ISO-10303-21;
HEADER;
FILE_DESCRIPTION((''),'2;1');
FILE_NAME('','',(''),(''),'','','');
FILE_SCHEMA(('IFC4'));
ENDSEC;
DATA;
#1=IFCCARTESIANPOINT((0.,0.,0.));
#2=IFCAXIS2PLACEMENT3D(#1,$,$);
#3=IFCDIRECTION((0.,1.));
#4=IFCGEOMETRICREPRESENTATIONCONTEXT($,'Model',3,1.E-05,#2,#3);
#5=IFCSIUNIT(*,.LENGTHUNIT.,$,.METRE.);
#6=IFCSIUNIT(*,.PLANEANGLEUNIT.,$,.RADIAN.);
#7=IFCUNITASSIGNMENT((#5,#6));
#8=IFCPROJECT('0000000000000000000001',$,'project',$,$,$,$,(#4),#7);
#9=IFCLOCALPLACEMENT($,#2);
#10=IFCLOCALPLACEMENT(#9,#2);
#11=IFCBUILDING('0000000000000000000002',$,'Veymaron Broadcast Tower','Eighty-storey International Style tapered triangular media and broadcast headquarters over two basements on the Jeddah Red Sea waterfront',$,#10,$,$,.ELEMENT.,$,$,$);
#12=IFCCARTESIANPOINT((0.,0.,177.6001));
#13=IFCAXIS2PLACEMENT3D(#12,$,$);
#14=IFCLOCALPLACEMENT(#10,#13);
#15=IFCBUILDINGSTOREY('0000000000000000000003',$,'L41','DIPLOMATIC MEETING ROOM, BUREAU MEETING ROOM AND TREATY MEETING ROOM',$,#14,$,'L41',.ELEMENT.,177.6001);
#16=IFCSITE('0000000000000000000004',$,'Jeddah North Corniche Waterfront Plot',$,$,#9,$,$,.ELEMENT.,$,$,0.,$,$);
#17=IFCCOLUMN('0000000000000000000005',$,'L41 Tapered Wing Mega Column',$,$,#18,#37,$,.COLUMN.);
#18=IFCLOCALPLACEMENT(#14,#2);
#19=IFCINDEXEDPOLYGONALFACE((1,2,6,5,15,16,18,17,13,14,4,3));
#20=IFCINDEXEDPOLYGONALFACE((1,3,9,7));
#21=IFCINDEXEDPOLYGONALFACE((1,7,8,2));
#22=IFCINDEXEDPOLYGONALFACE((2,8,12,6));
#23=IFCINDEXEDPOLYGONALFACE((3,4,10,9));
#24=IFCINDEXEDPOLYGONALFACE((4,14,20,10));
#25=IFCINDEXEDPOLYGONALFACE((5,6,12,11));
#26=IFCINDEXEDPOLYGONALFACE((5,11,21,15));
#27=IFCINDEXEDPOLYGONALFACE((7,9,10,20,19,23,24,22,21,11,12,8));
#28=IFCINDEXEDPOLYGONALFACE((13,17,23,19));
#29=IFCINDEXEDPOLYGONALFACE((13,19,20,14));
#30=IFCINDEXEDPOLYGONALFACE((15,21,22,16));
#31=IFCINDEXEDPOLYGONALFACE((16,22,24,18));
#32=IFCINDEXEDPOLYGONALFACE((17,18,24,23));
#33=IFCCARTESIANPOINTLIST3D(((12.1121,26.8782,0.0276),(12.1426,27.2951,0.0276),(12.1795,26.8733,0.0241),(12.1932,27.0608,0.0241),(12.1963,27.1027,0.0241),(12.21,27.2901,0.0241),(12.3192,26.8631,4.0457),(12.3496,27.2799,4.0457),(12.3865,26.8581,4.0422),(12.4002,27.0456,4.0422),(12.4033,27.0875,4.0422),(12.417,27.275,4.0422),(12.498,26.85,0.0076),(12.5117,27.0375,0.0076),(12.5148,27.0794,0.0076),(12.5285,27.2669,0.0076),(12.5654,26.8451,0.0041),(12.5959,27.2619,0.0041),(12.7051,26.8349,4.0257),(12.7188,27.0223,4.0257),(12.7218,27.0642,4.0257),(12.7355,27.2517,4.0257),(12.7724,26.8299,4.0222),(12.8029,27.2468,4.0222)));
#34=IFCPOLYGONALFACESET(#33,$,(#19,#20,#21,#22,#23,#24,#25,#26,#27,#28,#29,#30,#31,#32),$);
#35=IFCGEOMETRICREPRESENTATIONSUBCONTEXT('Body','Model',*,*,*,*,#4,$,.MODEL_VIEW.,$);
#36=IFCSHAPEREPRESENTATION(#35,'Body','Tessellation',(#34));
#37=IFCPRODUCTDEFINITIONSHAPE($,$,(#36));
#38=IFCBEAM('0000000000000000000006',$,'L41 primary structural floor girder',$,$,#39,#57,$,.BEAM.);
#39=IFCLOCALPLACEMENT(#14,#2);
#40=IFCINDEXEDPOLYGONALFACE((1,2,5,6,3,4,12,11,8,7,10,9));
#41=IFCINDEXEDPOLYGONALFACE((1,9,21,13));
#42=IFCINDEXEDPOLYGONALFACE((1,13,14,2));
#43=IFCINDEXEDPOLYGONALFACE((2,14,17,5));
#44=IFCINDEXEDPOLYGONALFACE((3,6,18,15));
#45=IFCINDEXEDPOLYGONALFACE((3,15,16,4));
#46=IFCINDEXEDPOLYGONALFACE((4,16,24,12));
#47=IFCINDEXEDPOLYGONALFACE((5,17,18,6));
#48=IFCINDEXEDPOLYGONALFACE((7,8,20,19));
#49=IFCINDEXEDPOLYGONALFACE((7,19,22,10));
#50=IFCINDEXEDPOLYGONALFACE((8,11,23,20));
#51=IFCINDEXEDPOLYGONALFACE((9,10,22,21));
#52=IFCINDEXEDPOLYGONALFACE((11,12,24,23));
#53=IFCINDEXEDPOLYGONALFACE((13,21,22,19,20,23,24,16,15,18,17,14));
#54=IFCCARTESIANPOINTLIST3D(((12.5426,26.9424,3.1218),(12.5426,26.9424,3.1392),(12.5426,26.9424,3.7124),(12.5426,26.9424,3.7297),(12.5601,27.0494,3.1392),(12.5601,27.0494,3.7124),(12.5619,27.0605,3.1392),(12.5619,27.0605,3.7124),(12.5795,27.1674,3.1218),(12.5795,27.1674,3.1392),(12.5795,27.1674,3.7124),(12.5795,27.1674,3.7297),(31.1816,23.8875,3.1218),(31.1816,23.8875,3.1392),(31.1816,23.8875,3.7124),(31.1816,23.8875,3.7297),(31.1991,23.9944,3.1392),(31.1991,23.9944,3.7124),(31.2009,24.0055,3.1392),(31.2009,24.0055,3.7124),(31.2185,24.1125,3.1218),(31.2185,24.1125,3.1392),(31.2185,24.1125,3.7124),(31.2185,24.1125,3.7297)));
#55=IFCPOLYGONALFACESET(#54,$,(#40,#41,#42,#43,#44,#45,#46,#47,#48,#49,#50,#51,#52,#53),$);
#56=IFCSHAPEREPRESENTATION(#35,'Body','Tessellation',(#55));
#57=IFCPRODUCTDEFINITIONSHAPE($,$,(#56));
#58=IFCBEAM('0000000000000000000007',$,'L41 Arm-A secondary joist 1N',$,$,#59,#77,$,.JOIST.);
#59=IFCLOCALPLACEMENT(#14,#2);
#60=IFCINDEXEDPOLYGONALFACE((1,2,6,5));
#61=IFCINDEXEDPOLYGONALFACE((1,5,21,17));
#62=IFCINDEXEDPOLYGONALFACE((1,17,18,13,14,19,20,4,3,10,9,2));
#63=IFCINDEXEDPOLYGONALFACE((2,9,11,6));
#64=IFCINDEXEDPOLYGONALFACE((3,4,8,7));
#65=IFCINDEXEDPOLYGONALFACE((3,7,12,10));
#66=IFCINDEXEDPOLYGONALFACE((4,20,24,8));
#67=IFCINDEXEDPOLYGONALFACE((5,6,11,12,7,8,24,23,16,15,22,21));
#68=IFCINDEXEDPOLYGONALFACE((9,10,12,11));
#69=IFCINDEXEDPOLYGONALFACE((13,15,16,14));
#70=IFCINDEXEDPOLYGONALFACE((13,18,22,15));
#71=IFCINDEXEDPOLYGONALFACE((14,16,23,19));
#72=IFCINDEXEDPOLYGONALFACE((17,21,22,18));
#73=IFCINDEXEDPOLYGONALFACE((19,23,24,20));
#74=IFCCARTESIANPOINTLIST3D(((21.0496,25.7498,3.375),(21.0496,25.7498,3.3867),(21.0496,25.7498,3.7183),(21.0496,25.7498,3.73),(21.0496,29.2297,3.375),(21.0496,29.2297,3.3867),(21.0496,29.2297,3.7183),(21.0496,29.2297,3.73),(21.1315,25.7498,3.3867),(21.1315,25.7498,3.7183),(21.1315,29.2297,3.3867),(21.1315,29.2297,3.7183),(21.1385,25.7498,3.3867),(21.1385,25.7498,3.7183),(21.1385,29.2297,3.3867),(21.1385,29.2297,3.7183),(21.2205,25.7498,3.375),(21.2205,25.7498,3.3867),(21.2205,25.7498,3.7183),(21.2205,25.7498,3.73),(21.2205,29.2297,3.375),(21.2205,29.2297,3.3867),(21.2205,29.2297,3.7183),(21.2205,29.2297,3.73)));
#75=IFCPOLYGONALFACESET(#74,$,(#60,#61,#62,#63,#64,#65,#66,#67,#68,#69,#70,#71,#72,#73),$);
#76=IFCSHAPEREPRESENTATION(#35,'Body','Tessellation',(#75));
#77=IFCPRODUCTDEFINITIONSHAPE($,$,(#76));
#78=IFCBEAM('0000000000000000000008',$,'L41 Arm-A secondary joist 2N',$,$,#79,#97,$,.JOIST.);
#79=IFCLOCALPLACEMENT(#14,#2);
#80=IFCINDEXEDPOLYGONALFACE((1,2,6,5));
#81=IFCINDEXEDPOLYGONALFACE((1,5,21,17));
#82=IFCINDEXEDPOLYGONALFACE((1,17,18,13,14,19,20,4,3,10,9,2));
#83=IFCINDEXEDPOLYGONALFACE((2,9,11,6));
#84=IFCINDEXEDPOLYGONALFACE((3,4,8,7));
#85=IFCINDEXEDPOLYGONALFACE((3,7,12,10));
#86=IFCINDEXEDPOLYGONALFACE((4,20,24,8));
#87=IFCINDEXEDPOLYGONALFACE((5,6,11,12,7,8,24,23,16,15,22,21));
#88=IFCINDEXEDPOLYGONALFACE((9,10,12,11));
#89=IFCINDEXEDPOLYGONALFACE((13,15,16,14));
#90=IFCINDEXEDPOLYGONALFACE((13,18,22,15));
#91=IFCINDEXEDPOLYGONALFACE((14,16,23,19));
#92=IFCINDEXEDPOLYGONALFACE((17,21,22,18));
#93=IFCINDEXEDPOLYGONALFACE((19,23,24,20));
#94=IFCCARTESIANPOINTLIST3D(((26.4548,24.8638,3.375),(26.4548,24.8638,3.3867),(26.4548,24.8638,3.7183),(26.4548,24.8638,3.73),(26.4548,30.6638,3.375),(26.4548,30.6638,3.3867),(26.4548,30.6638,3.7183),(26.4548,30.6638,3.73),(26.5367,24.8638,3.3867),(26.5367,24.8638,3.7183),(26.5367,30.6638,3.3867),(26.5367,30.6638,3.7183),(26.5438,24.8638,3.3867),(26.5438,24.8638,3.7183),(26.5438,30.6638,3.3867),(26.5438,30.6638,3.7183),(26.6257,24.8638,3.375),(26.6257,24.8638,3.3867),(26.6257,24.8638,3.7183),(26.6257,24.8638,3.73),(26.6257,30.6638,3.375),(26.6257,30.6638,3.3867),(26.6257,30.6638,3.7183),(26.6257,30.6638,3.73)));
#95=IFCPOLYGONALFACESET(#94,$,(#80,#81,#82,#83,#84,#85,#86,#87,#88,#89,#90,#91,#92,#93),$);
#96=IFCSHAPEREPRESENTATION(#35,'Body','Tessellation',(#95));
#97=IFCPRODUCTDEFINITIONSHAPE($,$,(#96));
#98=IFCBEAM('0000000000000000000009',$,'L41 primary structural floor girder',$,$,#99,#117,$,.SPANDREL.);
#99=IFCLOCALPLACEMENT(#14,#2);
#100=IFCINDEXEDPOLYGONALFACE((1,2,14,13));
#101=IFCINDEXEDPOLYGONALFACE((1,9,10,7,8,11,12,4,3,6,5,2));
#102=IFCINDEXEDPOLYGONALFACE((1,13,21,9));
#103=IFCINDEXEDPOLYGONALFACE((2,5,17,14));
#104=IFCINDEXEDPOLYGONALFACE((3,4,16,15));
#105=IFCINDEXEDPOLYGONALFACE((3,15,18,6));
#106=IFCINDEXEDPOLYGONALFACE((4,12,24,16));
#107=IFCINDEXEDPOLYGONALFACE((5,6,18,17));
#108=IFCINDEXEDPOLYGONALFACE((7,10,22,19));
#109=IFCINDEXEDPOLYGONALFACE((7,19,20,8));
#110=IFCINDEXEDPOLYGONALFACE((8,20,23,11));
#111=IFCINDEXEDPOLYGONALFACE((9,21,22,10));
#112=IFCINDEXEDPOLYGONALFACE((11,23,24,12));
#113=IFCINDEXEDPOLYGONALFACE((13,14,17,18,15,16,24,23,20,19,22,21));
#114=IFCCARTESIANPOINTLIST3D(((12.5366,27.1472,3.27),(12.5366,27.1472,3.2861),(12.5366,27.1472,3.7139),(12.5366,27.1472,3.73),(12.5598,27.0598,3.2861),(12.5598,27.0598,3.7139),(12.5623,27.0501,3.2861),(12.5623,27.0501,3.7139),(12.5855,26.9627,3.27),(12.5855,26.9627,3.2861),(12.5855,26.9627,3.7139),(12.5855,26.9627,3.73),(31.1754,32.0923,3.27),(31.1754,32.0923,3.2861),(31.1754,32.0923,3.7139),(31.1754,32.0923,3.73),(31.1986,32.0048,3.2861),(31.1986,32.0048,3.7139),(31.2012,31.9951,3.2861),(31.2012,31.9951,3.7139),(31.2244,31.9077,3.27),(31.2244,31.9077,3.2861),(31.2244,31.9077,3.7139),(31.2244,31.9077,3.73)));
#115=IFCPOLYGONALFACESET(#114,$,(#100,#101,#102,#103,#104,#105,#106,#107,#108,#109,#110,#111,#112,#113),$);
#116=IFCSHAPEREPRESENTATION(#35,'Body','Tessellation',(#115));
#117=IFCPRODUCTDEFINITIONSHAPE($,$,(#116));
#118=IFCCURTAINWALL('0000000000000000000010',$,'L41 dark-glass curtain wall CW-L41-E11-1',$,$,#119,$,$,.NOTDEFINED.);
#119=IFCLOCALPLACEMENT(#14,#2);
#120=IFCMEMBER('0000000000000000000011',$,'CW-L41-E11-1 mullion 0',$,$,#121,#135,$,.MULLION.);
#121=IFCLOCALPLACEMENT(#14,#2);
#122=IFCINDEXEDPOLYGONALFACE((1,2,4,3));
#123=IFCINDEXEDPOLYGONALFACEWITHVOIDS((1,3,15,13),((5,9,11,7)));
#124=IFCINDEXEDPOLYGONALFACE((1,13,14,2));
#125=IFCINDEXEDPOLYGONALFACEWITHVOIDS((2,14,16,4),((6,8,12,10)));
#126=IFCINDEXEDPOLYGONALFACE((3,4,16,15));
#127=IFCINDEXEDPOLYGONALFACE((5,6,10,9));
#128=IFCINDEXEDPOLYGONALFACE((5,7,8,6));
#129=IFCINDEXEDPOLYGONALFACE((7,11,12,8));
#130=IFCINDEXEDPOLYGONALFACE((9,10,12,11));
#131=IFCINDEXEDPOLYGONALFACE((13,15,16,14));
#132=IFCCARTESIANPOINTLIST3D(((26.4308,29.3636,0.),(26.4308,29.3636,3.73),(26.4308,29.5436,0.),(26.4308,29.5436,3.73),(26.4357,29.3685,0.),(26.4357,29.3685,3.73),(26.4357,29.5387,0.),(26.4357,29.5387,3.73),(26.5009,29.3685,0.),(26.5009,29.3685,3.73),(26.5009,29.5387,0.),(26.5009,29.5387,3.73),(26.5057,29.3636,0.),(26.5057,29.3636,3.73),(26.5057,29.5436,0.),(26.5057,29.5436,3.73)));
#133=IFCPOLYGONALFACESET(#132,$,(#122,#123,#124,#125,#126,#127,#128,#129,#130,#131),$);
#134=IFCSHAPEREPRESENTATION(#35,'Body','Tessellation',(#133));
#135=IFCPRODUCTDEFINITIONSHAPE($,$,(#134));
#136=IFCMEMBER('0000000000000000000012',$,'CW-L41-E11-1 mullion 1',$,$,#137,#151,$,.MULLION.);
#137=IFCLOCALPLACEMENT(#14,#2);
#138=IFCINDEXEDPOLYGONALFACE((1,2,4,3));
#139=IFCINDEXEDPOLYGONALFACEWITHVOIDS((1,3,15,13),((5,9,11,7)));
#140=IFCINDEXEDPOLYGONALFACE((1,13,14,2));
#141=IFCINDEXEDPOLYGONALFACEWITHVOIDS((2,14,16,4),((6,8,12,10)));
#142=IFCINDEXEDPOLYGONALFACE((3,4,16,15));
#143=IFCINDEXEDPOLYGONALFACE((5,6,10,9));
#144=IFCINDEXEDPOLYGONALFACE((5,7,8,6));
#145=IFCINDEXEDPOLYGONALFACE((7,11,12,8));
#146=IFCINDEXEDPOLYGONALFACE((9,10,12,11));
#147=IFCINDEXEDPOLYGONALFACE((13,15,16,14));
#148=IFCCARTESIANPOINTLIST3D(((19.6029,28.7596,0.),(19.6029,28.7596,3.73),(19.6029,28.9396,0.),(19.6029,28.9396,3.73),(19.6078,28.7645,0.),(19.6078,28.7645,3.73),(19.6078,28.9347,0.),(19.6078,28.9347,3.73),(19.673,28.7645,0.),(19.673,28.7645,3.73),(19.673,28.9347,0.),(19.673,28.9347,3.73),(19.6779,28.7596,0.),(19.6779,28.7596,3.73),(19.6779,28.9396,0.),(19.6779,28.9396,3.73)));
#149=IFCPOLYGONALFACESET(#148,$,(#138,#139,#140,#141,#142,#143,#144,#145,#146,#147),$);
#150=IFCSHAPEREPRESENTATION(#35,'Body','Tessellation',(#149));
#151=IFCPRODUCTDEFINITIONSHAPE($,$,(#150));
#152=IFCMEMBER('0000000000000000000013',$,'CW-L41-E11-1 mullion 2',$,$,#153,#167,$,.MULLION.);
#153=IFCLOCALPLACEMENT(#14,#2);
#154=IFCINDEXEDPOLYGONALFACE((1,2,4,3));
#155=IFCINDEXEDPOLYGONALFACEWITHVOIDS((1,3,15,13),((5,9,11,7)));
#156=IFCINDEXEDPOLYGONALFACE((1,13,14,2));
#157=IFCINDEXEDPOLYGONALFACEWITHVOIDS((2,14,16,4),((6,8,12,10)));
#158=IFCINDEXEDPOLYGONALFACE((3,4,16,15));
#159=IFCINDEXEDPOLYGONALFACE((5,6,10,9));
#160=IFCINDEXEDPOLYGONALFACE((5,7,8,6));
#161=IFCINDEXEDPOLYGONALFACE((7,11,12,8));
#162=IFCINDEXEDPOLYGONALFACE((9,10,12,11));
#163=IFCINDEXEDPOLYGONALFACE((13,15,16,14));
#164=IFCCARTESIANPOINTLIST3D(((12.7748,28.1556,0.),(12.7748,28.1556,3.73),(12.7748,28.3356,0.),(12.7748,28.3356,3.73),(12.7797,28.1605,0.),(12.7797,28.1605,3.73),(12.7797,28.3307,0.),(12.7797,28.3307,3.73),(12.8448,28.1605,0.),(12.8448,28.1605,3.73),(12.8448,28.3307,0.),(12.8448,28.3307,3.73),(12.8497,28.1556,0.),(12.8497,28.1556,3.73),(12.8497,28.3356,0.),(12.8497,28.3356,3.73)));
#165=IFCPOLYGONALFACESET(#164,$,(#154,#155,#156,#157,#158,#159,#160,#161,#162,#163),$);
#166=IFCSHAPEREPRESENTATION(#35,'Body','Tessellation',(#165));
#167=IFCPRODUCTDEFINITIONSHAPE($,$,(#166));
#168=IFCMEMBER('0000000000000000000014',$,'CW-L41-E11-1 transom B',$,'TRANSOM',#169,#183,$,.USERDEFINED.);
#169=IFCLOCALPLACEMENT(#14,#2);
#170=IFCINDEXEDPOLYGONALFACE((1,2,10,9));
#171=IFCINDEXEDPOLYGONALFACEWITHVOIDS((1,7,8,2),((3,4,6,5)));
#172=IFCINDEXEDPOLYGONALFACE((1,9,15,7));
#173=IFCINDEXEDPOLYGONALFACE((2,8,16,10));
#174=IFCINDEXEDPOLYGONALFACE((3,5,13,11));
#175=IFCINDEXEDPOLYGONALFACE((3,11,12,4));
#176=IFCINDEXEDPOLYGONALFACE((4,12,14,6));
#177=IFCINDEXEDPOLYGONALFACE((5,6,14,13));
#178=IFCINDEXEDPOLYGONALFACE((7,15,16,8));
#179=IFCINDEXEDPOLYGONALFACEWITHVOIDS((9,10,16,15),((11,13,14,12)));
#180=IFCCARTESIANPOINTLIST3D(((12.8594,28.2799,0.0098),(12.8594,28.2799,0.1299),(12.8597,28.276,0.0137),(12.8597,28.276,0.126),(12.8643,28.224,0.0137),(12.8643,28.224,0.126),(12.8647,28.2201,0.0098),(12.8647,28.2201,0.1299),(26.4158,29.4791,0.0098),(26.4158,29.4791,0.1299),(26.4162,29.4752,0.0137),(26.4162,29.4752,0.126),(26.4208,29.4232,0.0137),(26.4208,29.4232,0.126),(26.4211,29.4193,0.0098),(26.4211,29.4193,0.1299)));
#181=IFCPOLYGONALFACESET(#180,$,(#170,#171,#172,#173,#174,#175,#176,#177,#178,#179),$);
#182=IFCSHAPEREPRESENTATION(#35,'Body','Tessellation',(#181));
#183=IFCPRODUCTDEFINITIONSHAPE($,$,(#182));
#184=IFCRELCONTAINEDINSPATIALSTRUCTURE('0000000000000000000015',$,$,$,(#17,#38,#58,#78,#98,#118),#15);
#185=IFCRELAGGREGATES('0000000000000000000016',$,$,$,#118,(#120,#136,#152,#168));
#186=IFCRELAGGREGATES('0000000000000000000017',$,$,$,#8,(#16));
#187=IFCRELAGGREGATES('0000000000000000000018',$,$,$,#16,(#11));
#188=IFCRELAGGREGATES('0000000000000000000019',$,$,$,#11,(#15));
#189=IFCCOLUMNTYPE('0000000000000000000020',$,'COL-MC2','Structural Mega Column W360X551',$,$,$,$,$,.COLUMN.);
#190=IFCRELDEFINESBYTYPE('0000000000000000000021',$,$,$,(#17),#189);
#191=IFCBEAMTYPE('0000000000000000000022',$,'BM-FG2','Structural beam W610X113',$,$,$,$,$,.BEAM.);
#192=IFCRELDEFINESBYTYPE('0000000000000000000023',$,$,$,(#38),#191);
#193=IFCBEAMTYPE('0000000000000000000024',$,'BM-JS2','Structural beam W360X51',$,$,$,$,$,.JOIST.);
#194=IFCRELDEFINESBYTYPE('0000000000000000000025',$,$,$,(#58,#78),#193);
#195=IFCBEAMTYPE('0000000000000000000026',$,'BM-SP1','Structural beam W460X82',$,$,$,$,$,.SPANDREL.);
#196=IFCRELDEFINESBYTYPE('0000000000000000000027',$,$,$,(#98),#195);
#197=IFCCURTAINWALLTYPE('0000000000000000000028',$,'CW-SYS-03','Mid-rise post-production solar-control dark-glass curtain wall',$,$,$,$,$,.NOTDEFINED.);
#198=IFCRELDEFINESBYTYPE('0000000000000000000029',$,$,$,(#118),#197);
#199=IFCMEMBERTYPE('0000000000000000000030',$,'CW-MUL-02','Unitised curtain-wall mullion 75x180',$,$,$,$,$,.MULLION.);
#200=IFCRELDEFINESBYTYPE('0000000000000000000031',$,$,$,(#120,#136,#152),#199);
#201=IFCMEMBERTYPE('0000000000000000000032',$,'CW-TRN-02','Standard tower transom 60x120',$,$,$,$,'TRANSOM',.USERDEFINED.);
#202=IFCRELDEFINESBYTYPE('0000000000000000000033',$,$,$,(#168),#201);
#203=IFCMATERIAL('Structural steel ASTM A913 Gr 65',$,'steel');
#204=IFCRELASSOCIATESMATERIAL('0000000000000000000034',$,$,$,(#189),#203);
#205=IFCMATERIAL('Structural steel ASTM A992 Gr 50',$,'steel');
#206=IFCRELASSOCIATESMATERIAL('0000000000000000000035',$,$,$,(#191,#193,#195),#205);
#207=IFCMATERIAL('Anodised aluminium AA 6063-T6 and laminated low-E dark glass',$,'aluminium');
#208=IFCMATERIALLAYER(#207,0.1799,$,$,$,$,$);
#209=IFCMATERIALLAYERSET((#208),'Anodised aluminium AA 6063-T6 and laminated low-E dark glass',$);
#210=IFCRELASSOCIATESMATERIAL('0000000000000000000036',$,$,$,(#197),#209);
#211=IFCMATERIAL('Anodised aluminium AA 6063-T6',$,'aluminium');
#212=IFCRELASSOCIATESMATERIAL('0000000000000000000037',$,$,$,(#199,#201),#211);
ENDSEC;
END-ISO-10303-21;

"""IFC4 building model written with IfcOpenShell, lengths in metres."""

from ifc_helpers import new_model, si_unit, direction, frame, origin, origin_2d, place, context, subcontext, project, spatial, hollow_rectangle, i_section, extrude, material, layer, layer_set, material_profile, profile_set, type_object, element, aggregate, save


model = new_model("IFC4")

# Units and contexts
model_context = context("Model", 3, precision=1e-05, world=origin(), true_north=direction((0.0, 1.0)))
body_context = subcontext(model_context, "Body", "Model", "MODEL_VIEW")
ifc_project = project(units=[si_unit("LENGTHUNIT", "METRE"), si_unit("PLANEANGLEUNIT", "RADIAN")], contexts=[model_context])

# Site, building, storey
site_placement = place(None, origin())
site = spatial("IfcSite", under=ifc_project, at=site_placement, Name="Jeddah North Corniche Waterfront Plot", CompositionType="ELEMENT", RefElevation=0.0)
building_placement = place(site_placement, origin())
building = spatial("IfcBuilding", under=site, at=building_placement, Name="Veymaron Broadcast Tower", Description="Eighty-storey International Style tapered triangular media and broadcast headquarters over two basements on the Jeddah Red Sea waterfront", CompositionType="ELEMENT")
storey_placement = place(building_placement, frame((0.0, 0.0, 177.6001)))
storey = spatial("IfcBuildingStorey", under=building, at=storey_placement, Name="L41", Description="DIPLOMATIC MEETING ROOM, BUREAU MEETING ROOM AND TREATY MEETING ROOM", LongName="L41", CompositionType="ELEMENT", Elevation=177.6001)

# Column
ifc_material_1 = material(Name="Structural steel ASTM A913 Gr 65", Category="steel")
ifc_material_profile_1 = material_profile(ifc_material_1, i_section(OverallWidth=0.418, OverallDepth=0.4551, WebThickness=0.042, FlangeThickness=0.0676, at=origin_2d()), Name="W360X551")
ifc_profile_set_1 = profile_set([ifc_material_profile_1], Name="Structural steel ASTM A913 Gr 65")
column_type = type_object("IfcColumnType", Name="COL-MC2", Description="Structural Mega Column W360X551", PredefinedType="COLUMN", material=ifc_profile_set_1)
column_placement = place(storey_placement, frame((12.354, 27.0701, 0.0159), z_axis=(0.051456, -0.003762, 0.998668), x_axis=(0.072919, 0.997338, 0.0)))
element("IfcColumn", 1, at=column_placement, inside=storey, type_object=column_type, Name="L41 Tapered Wing Mega Column", PredefinedType="COLUMN", context=body_context, shape_type="SweptSolid", body=[
    extrude(i_section(OverallWidth=0.418, OverallDepth=0.4551, WebThickness=0.042, FlangeThickness=0.0676, at=origin_2d()), origin(), (0.0, 0.0, 1.0), 4.0234),
])

# Beams
ifc_material_2 = material(Name="Structural steel ASTM A992 Gr 50", Category="steel")
ifc_material_profile_2 = material_profile(ifc_material_2, i_section(OverallWidth=0.228, OverallDepth=0.6079, WebThickness=0.0112, FlangeThickness=0.0173, at=origin_2d()), Name="W610X113")
ifc_profile_set_2 = profile_set([ifc_material_profile_2], Name="Structural steel ASTM A992 Gr 50")
beam_type_1 = type_object("IfcBeamType", Name="BM-FG2", Description="Structural beam W610X113", PredefinedType="BEAM", material=ifc_profile_set_2)
beam_1_placement = place(storey_placement, frame((12.561, 27.0549, 3.4258), z_axis=(0.986833, -0.161743, 0.0), x_axis=(0.161743, 0.986833, 0.0)))
element("IfcBeam", 2, at=beam_1_placement, inside=storey, type_object=beam_type_1, Name="L41 primary structural floor girder", PredefinedType="BEAM", context=body_context, shape_type="SweptSolid", body=[
    extrude(i_section(OverallWidth=0.228, OverallDepth=0.6079, WebThickness=0.0112, FlangeThickness=0.0173, at=origin_2d()), origin(), (0.0, 0.0, 1.0), 18.8877),
])
ifc_material_profile_3 = material_profile(ifc_material_2, i_section(OverallWidth=0.1709, OverallDepth=0.355, WebThickness=0.0071, FlangeThickness=0.0117, at=origin_2d()), Name="W360X51")
ifc_profile_set_3 = profile_set([ifc_material_profile_3], Name="Structural steel ASTM A992 Gr 50")
beam_type_2 = type_object("IfcBeamType", Name="BM-JS2", Description="Structural beam W360X51", PredefinedType="JOIST", material=ifc_profile_set_3)
beam_2_placement = place(storey_placement, frame((21.135, 25.7498, 3.5525), z_axis=(0.0, 1.0, 0.0), x_axis=(-1.0, 0.0, 0.0)))
element("IfcBeam", 3, at=beam_2_placement, inside=storey, type_object=beam_type_2, Name="L41 Arm-A secondary joist 1N", PredefinedType="JOIST", context=body_context, shape_type="SweptSolid", body=[
    extrude(i_section(OverallWidth=0.1709, OverallDepth=0.355, WebThickness=0.0071, FlangeThickness=0.0117, at=origin_2d()), origin(), (0.0, 0.0, 1.0), 3.48),
])
beam_3_placement = place(storey_placement, frame((26.5403, 24.8638, 3.5525), z_axis=(0.0, 1.0, 0.0), x_axis=(-1.0, 0.0, 0.0)))
element("IfcBeam", 4, at=beam_3_placement, inside=storey, type_object=beam_type_2, Name="L41 Arm-A secondary joist 2N", PredefinedType="JOIST", context=body_context, shape_type="SweptSolid", body=[
    extrude(i_section(OverallWidth=0.1709, OverallDepth=0.355, WebThickness=0.0071, FlangeThickness=0.0117, at=origin_2d()), origin(), (0.0, 0.0, 1.0), 5.8),
])
ifc_material_profile_4 = material_profile(ifc_material_2, i_section(OverallWidth=0.1909, OverallDepth=0.46, WebThickness=0.01, FlangeThickness=0.0161, at=origin_2d()), Name="W460X82")
ifc_profile_set_4 = profile_set([ifc_material_profile_4], Name="Structural steel ASTM A992 Gr 50")
beam_type_3 = type_object("IfcBeamType", Name="BM-SP1", Description="Structural beam W460X82", PredefinedType="SPANDREL", material=ifc_profile_set_4)
beam_4_placement = place(storey_placement, frame((12.561, 27.0549, 3.5), z_axis=(0.966561, 0.256437, 0.0), x_axis=(-0.256437, 0.966561, 0.0)))
element("IfcBeam", 5, at=beam_4_placement, inside=storey, type_object=beam_type_3, Name="L41 primary structural floor girder", PredefinedType="SPANDREL", context=body_context, shape_type="SweptSolid", body=[
    extrude(i_section(OverallWidth=0.1909, OverallDepth=0.46, WebThickness=0.01, FlangeThickness=0.0161, at=origin_2d()), origin(), (0.0, 0.0, 1.0), 19.2837),
])

# Curtain wall, members
ifc_material_3 = material(Name="Anodised aluminium AA 6063-T6 and laminated low-E dark glass", Category="aluminium")
ifc_layer_1 = layer(ifc_material_3, 0.1799)
ifc_layer_set_1 = layer_set([ifc_layer_1], Name="Anodised aluminium AA 6063-T6 and laminated low-E dark glass")
curtain_wall_type = type_object("IfcCurtainWallType", Name="CW-SYS-03", Description="Mid-rise post-production solar-control dark-glass curtain wall", PredefinedType="NOTDEFINED", material=ifc_layer_set_1)
curtain_wall_placement = place(storey_placement, origin())
curtain_wall = element("IfcCurtainWall", 6, at=curtain_wall_placement, inside=storey, type_object=curtain_wall_type, Name="L41 dark-glass curtain wall CW-L41-E11-1", PredefinedType="NOTDEFINED")
ifc_material_4 = material(Name="Anodised aluminium AA 6063-T6", Category="aluminium")
ifc_material_profile_5 = material_profile(ifc_material_4, hollow_rectangle(XDim=0.075, YDim=0.1799, WallThickness=0.0049, at=origin_2d()), Name="AL180X75X5")
ifc_profile_set_5 = profile_set([ifc_material_profile_5], Name="Anodised aluminium AA 6063-T6")
member_type_1 = type_object("IfcMemberType", Name="CW-MUL-02", Description="Unitised curtain-wall mullion 75x180", PredefinedType="MULLION", material=ifc_profile_set_5)
member_1_placement = place(storey_placement, frame((26.4683, 29.4536, 0.0), z_axis=(0.0, 0.0, 1.0), x_axis=(1.0, 0.0, 0.0)))
member_1 = element("IfcMember", 7, at=member_1_placement, type_object=member_type_1, Name="CW-L41-E11-1 mullion 0", PredefinedType="MULLION", context=body_context, shape_type="SweptSolid", body=[
    extrude(hollow_rectangle(XDim=0.075, YDim=0.1799, WallThickness=0.0049, at=origin_2d()), origin(), (0.0, 0.0, 1.0), 3.73),
])
member_2_placement = place(storey_placement, frame((19.6404, 28.8496, 0.0), z_axis=(0.0, 0.0, 1.0), x_axis=(1.0, 0.0, 0.0)))
member_2 = element("IfcMember", 8, at=member_2_placement, type_object=member_type_1, Name="CW-L41-E11-1 mullion 1", PredefinedType="MULLION", context=body_context, shape_type="SweptSolid", body=[
    extrude(hollow_rectangle(XDim=0.075, YDim=0.1799, WallThickness=0.0049, at=origin_2d()), origin(), (0.0, 0.0, 1.0), 3.73),
])
member_3_placement = place(storey_placement, frame((12.8123, 28.2456, 0.0), z_axis=(0.0, 0.0, 1.0), x_axis=(1.0, 0.0, 0.0)))
member_3 = element("IfcMember", 9, at=member_3_placement, type_object=member_type_1, Name="CW-L41-E11-1 mullion 2", PredefinedType="MULLION", context=body_context, shape_type="SweptSolid", body=[
    extrude(hollow_rectangle(XDim=0.075, YDim=0.1799, WallThickness=0.0049, at=origin_2d()), origin(), (0.0, 0.0, 1.0), 3.73),
])
ifc_material_profile_6 = material_profile(ifc_material_4, hollow_rectangle(XDim=0.0601, YDim=0.1201, WallThickness=0.0039, at=origin_2d()), Name="AL120X60X4")
ifc_profile_set_6 = profile_set([ifc_material_profile_6], Name="Anodised aluminium AA 6063-T6")
member_type_2 = type_object("IfcMemberType", Name="CW-TRN-02", Description="Standard tower transom 60x120", ElementType="TRANSOM", PredefinedType="USERDEFINED", material=ifc_profile_set_6)
member_4_placement = place(storey_placement, frame((26.4185, 29.4492, 0.0698), z_axis=(-0.99611, -0.088117, 0.0), x_axis=(0.088117, -0.99611, 0.0)))
member_4 = element("IfcMember", 10, at=member_4_placement, type_object=member_type_2, Name="CW-L41-E11-1 transom B", ObjectType="TRANSOM", PredefinedType="USERDEFINED", context=body_context, shape_type="SweptSolid", body=[
    extrude(hollow_rectangle(XDim=0.0601, YDim=0.1201, WallThickness=0.0039, at=origin_2d()), origin(), (0.0, 0.0, 1.0), 13.6094),
])
aggregate(curtain_wall, [member_1, member_2, member_3, member_4])

save(model, "model.ifc")
